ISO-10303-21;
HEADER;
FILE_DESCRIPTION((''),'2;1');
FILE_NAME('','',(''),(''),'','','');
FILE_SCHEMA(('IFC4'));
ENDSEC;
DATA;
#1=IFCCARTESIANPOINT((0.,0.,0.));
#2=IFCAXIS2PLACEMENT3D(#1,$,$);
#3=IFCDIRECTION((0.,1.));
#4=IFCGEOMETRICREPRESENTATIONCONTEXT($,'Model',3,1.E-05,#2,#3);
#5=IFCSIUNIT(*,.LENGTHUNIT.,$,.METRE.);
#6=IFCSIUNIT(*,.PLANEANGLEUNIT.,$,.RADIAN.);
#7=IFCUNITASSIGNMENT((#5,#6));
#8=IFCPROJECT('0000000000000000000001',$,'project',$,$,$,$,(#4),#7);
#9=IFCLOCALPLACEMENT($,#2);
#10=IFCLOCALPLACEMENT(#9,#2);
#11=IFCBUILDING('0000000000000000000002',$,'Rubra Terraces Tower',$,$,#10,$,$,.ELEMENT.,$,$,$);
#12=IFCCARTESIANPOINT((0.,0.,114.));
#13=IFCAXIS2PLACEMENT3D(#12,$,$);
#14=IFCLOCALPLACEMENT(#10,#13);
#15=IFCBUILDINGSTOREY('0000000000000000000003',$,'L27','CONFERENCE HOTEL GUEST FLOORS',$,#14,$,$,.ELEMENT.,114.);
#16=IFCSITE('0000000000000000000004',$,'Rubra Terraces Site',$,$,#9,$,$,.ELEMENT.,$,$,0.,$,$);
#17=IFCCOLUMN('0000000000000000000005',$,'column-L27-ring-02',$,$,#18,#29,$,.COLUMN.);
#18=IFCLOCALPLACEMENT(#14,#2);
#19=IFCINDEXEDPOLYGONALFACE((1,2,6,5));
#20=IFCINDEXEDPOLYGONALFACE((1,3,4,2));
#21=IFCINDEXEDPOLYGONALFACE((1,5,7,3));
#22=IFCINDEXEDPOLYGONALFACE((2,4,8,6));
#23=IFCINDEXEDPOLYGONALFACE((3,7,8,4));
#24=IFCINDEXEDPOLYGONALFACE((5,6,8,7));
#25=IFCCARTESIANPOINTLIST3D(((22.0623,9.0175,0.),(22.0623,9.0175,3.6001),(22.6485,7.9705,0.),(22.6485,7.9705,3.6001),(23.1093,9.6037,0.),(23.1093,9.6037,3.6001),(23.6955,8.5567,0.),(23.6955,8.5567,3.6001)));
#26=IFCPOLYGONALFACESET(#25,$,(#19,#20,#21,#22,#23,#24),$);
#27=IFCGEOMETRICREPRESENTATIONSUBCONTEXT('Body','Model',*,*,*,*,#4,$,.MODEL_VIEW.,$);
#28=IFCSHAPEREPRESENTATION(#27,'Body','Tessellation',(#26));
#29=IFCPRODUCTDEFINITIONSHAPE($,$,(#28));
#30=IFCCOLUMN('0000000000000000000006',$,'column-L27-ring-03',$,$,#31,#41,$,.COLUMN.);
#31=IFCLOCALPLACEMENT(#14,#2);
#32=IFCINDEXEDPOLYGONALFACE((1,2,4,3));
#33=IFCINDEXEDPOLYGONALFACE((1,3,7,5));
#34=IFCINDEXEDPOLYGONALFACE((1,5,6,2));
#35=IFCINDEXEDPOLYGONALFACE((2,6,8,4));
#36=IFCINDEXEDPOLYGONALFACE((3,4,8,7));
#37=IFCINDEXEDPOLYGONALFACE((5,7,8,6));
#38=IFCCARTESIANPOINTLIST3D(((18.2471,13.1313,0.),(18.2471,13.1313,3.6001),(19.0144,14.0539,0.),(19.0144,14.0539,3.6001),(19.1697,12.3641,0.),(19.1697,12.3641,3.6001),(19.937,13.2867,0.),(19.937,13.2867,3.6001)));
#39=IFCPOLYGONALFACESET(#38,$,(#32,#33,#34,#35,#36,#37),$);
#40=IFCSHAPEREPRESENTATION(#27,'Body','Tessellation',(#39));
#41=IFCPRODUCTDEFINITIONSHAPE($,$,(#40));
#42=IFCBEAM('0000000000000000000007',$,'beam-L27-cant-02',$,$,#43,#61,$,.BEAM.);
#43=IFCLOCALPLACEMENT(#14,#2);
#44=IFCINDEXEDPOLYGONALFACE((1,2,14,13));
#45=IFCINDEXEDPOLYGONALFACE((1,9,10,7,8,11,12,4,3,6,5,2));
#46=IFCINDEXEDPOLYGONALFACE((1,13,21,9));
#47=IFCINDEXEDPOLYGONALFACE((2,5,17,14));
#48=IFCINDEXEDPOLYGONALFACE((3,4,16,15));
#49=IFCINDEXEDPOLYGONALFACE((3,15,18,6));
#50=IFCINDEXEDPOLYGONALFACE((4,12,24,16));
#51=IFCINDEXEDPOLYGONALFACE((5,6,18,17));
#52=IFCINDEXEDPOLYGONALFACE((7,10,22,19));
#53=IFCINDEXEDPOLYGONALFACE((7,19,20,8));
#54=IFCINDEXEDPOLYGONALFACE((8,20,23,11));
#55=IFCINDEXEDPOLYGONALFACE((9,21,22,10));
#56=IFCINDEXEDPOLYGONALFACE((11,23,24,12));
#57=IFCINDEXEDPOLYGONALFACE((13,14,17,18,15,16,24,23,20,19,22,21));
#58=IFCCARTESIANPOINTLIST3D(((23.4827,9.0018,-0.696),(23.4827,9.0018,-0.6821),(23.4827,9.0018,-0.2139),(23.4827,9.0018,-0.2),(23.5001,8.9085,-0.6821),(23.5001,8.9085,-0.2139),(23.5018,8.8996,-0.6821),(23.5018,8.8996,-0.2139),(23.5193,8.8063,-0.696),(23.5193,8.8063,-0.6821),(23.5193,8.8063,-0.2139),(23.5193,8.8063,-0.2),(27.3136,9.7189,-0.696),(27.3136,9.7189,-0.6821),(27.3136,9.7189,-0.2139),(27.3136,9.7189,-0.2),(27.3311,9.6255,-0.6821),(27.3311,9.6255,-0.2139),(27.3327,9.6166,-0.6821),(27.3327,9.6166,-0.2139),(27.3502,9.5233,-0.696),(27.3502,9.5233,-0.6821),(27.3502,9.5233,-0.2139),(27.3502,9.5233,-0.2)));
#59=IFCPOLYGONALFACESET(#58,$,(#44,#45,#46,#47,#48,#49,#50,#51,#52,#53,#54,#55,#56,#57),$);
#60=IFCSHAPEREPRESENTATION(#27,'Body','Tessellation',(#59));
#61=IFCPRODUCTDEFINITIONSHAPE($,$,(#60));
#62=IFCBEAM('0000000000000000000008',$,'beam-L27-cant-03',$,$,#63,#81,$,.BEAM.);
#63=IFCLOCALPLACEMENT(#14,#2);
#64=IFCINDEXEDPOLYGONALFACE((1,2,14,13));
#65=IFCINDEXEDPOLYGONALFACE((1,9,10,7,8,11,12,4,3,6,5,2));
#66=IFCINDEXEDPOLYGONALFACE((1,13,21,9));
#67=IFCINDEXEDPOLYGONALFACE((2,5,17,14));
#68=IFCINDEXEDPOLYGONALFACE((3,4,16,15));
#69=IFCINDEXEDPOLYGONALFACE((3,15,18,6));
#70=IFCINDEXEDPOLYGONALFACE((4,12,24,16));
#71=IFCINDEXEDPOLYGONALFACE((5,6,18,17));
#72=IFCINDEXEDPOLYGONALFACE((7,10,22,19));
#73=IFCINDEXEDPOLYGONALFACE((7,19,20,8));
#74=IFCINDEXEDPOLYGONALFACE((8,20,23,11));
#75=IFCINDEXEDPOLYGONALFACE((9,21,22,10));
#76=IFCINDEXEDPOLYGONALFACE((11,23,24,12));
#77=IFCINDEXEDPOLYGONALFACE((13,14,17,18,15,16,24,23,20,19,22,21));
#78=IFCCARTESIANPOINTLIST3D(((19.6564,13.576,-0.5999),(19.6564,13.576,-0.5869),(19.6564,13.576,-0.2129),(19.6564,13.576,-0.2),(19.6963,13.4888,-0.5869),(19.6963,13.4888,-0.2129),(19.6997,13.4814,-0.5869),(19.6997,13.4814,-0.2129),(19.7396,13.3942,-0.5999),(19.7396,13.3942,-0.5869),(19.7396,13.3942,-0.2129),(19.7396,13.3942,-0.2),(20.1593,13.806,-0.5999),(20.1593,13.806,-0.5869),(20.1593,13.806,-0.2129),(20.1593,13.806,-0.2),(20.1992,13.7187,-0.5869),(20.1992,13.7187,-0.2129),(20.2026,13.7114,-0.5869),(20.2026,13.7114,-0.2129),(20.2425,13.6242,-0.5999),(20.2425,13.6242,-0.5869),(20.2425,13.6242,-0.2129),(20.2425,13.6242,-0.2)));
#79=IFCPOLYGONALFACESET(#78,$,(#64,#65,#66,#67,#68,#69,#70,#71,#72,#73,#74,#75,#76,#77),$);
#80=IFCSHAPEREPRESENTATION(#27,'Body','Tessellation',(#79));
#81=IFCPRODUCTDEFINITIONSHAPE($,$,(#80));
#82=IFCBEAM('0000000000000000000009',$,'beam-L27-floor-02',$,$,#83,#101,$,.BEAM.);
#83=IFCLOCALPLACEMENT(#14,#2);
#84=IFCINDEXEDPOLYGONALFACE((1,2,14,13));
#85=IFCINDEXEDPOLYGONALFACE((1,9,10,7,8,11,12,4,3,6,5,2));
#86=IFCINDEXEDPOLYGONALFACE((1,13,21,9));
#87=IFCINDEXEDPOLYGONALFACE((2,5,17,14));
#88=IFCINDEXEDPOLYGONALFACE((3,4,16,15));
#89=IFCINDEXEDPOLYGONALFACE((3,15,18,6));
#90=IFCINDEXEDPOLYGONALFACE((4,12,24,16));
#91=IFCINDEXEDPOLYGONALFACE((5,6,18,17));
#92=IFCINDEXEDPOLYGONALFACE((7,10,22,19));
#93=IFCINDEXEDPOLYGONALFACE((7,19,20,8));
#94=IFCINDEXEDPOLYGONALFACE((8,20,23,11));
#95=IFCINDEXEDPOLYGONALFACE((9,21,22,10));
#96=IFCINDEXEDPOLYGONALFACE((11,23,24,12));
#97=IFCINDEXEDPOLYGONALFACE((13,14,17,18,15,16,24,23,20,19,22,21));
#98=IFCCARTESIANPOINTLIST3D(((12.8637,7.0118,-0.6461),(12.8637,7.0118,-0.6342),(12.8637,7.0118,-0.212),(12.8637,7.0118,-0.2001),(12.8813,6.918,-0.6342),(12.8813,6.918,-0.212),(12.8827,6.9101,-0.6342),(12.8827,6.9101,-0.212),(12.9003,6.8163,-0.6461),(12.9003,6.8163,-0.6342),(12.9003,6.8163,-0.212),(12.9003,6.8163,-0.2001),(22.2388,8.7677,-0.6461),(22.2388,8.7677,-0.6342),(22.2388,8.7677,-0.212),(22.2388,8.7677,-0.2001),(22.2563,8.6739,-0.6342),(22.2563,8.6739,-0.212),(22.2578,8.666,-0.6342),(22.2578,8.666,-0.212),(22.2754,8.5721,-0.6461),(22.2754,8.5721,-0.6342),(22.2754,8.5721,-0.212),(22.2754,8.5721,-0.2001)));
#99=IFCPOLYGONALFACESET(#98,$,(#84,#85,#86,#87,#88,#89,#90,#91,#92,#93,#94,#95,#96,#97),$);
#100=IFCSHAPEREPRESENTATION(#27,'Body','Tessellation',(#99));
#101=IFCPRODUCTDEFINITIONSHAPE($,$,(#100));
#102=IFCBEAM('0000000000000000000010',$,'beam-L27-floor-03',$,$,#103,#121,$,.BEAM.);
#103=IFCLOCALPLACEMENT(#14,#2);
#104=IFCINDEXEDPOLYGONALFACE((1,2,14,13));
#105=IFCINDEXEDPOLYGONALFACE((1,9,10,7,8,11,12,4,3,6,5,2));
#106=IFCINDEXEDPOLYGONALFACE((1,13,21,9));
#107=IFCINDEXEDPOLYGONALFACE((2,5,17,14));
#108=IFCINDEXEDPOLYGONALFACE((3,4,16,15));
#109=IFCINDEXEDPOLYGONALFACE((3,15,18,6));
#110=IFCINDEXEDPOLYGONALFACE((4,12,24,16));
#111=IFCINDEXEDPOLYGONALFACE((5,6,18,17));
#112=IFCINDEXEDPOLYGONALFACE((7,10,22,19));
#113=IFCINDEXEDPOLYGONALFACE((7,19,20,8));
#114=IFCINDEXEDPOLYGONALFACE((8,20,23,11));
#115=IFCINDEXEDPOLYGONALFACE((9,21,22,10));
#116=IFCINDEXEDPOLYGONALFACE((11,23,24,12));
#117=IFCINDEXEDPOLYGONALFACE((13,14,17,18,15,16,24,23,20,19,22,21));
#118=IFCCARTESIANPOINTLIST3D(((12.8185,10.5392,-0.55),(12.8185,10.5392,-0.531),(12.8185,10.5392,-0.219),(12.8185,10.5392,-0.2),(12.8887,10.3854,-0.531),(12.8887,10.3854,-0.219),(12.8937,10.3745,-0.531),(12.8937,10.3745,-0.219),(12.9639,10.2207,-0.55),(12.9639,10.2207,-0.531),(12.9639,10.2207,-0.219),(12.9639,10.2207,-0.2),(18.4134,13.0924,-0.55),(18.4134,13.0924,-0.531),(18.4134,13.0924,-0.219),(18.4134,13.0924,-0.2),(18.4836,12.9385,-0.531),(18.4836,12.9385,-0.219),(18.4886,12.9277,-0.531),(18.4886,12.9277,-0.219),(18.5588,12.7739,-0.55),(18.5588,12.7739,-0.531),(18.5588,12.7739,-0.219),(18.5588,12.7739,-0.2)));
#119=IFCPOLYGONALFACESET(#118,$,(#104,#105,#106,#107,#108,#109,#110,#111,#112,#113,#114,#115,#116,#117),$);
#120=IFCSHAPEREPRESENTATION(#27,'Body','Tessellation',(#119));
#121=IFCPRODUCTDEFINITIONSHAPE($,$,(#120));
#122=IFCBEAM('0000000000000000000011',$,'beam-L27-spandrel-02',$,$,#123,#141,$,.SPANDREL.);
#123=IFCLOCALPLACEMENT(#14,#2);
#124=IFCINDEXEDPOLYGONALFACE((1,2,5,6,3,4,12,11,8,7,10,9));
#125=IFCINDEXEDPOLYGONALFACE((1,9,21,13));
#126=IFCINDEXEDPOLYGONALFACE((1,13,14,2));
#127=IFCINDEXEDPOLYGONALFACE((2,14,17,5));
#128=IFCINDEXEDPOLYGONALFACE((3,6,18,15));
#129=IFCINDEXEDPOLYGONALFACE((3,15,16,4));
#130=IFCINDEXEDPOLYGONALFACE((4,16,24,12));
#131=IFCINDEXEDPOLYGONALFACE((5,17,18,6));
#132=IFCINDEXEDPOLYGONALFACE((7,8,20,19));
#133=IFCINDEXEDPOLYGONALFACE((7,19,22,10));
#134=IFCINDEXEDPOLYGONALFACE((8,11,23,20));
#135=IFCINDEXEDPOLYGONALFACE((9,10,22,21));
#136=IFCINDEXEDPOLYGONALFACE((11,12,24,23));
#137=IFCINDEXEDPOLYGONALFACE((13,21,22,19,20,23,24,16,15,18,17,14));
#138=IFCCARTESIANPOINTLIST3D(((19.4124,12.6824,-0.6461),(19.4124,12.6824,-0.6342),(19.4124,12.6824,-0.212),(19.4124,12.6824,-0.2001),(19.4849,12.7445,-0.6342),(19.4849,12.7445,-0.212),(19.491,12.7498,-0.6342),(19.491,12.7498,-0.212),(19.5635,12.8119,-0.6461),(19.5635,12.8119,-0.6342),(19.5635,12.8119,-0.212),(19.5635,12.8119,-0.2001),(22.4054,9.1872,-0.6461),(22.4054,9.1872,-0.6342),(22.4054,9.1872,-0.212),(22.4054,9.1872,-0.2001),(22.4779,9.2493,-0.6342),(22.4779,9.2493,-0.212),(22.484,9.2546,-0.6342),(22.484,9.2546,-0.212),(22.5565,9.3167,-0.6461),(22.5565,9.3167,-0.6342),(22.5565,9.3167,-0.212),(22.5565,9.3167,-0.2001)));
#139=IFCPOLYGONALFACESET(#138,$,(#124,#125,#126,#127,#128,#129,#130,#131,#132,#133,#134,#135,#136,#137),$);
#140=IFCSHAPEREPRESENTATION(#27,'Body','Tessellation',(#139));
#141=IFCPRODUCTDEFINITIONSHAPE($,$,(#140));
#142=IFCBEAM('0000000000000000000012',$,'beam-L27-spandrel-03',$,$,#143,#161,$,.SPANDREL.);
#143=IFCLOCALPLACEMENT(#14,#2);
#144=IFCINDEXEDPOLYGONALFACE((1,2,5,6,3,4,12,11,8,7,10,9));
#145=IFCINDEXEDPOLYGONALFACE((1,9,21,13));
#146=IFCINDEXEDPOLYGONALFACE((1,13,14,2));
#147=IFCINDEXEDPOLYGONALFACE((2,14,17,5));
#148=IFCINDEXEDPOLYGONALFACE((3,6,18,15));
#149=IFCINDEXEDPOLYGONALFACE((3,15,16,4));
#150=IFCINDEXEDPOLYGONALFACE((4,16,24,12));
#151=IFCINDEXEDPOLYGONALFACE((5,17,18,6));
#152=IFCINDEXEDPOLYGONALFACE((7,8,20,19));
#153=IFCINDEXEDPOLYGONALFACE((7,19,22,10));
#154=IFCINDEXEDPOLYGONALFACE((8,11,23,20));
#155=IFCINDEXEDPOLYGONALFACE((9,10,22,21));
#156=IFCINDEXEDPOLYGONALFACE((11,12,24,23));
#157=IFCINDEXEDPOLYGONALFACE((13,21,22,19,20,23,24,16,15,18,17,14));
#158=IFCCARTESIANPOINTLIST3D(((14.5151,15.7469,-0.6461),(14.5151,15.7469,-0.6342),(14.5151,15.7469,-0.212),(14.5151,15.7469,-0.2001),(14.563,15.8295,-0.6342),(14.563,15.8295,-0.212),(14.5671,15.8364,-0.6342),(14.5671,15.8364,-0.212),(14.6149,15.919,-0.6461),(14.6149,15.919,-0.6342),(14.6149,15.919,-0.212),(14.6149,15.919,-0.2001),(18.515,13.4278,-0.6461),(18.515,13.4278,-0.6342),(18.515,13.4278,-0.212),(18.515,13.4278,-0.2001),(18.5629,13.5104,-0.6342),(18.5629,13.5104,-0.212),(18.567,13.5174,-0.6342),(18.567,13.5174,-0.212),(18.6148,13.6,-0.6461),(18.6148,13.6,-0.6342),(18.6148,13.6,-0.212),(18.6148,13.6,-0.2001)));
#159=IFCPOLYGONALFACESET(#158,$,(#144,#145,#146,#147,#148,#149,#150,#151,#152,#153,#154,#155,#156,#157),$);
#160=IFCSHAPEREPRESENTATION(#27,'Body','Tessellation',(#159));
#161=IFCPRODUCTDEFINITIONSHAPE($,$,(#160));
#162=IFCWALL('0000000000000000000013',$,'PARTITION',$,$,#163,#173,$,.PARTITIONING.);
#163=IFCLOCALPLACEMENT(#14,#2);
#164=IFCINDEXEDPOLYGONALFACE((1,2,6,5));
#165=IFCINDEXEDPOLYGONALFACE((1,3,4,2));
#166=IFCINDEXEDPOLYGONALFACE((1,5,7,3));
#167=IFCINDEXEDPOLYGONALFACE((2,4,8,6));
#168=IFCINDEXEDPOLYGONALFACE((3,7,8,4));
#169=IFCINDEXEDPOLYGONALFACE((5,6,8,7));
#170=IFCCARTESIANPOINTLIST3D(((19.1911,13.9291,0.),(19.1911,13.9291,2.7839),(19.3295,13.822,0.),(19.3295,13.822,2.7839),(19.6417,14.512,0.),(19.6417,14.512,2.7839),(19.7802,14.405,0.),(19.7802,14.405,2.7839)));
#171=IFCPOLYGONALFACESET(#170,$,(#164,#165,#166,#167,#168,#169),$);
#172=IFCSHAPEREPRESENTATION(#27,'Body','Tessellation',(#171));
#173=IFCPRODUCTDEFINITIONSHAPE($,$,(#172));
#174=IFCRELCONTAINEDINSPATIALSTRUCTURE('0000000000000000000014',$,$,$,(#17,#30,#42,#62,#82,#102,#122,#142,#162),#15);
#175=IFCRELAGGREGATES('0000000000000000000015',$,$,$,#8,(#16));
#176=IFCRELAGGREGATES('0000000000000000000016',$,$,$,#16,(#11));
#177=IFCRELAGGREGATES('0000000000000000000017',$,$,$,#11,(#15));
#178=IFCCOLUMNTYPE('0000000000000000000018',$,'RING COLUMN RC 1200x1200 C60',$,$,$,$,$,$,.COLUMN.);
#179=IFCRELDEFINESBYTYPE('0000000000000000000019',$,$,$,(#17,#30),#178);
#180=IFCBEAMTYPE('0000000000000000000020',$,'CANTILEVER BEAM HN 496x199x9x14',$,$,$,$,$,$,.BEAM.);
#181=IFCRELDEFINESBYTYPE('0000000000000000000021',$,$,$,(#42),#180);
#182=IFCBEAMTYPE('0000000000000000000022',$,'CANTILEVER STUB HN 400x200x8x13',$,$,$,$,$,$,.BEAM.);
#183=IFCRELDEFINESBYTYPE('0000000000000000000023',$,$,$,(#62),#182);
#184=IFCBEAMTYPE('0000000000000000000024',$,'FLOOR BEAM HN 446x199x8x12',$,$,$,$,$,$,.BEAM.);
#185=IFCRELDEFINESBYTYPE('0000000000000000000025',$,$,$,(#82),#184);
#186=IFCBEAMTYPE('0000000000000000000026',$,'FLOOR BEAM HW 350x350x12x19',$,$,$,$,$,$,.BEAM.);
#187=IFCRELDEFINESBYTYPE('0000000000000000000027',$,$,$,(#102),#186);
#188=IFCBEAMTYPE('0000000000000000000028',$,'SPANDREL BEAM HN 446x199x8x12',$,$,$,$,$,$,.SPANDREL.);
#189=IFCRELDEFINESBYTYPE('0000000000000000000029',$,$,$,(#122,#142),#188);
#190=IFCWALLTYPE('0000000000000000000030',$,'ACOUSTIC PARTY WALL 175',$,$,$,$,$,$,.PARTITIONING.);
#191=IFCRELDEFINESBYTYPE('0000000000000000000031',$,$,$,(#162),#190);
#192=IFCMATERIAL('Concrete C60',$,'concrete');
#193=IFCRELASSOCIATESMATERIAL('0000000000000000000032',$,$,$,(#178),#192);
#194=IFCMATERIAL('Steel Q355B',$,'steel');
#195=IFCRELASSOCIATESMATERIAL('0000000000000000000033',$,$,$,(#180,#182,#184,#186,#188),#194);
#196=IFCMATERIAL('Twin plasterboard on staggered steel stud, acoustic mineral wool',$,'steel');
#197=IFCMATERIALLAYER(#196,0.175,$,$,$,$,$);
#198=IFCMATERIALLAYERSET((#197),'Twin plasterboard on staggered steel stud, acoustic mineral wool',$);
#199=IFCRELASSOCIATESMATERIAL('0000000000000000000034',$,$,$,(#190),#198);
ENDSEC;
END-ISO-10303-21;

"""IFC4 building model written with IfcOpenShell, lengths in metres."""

from ifc_helpers import new_model, si_unit, direction, frame, frame_2d, origin, origin_2d, place, context, subcontext, project, spatial, rectangle, i_section, extrude, material, layer, layer_set, material_profile, profile_set, type_object, element, save


model = new_model("IFC4")

# Units and contexts
model_context = context("Model", 3, precision=1e-05, world=origin(), true_north=direction((0.0, 1.0)))
body_context = subcontext(model_context, "Body", "Model", "MODEL_VIEW")
ifc_project = project(units=[si_unit("LENGTHUNIT", "METRE"), si_unit("PLANEANGLEUNIT", "RADIAN")], contexts=[model_context])

# Site, building, storey
site_placement = place(None, origin())
site = spatial("IfcSite", under=ifc_project, at=site_placement, Name="Rubra Terraces Site", CompositionType="ELEMENT", RefElevation=0.0)
building_placement = place(site_placement, origin())
building = spatial("IfcBuilding", under=site, at=building_placement, Name="Rubra Terraces Tower", CompositionType="ELEMENT")
storey_placement = place(building_placement, frame((0.0, 0.0, 114.0)))
storey = spatial("IfcBuildingStorey", under=building, at=storey_placement, Name="L27", Description="CONFERENCE HOTEL GUEST FLOORS", CompositionType="ELEMENT", Elevation=114.0)

# Columns
ifc_material_1 = material(Name="Concrete C60", Category="concrete")
ifc_material_profile_1 = material_profile(ifc_material_1, rectangle(XDim=1.2, YDim=1.2, at=origin_2d()), Name="RC 1200x1200")
ifc_profile_set_1 = profile_set([ifc_material_profile_1], Name="Concrete C60")
column_type = type_object("IfcColumnType", Name="RING COLUMN RC 1200x1200 C60", PredefinedType="COLUMN", material=ifc_profile_set_1)
for number, where, z_axis, x_axis, name in (
    (1, (22.8789, 8.7871, 0.0), (0.0, 0.0, 1.0), (-0.488526, 0.872549, 0.0), "column-L27-ring-02"),
    (2, (19.092, 13.209, 0.0), (0.0, 0.0, 1.0), (-0.76887, 0.639405, 0.0), "column-L27-ring-03"),
):
    element("IfcColumn", number, at=place(storey_placement, frame(where, z_axis=z_axis, x_axis=x_axis)), inside=storey, type_object=column_type, Name=name, PredefinedType="COLUMN", context=body_context, shape_type="SweptSolid", body=[
        extrude(rectangle(XDim=1.2, YDim=1.2, at=origin_2d()), origin(), (0.0, 0.0, 1.0), 3.6001),
    ])

# Beams
ifc_material_2 = material(Name="Steel Q355B", Category="steel")
ifc_material_profile_2 = material_profile(ifc_material_2, i_section(OverallWidth=0.199, OverallDepth=0.4961, WebThickness=0.009, FlangeThickness=0.0139, at=origin_2d()), Name="HN 496x199x9x14")
ifc_profile_set_2 = profile_set([ifc_material_profile_2], Name="Steel Q355B")
beam_type_1 = type_object("IfcBeamType", Name="CANTILEVER BEAM HN 496x199x9x14", PredefinedType="BEAM", material=ifc_profile_set_2)
beam_1_placement = place(storey_placement, frame((23.501, 8.9041, -0.448), z_axis=(0.982932, 0.183971, 0.0), x_axis=(-0.183971, 0.982932, 0.0)))
element("IfcBeam", 3, at=beam_1_placement, inside=storey, type_object=beam_type_1, Name="beam-L27-cant-02", PredefinedType="BEAM", context=body_context, shape_type="SweptSolid", body=[
    extrude(i_section(OverallWidth=0.199, OverallDepth=0.4961, WebThickness=0.009, FlangeThickness=0.0139, at=origin_2d()), origin(), (0.0, 0.0, 1.0), 3.8975),
])
ifc_material_profile_3 = material_profile(ifc_material_2, i_section(OverallWidth=0.2, OverallDepth=0.3999, WebThickness=0.0081, FlangeThickness=0.0129, at=origin_2d()), Name="HN 400x200x8x13")
ifc_profile_set_3 = profile_set([ifc_material_profile_3], Name="Steel Q355B")
beam_type_2 = type_object("IfcBeamType", Name="CANTILEVER STUB HN 400x200x8x13", PredefinedType="BEAM", material=ifc_profile_set_3)
beam_2_placement = place(storey_placement, frame((19.698, 13.4851, -0.3999), z_axis=(0.909427, 0.415864, 0.0), x_axis=(-0.415864, 0.909427, 0.0)))
element("IfcBeam", 4, at=beam_2_placement, inside=storey, type_object=beam_type_2, Name="beam-L27-cant-03", PredefinedType="BEAM", context=body_context, shape_type="SweptSolid", body=[
    extrude(i_section(OverallWidth=0.2, OverallDepth=0.3999, WebThickness=0.0081, FlangeThickness=0.0129, at=origin_2d()), origin(), (0.0, 0.0, 1.0), 0.553),
])
ifc_material_profile_4 = material_profile(ifc_material_2, i_section(OverallWidth=0.199, OverallDepth=0.446, WebThickness=0.0081, FlangeThickness=0.012, at=origin_2d()), Name="HN 446x199x8x12")
ifc_profile_set_4 = profile_set([ifc_material_profile_4], Name="Steel Q355B")
beam_type_3 = type_object("IfcBeamType", Name="FLOOR BEAM HN 446x199x8x12", PredefinedType="BEAM", material=ifc_profile_set_4)
beam_3_placement = place(storey_placement, frame((22.2571, 8.6699, -0.4231), z_axis=(-0.982909, -0.184091, 0.0), x_axis=(0.184091, -0.982909, 0.0)))
element("IfcBeam", 5, at=beam_3_placement, inside=storey, type_object=beam_type_3, Name="beam-L27-floor-02", PredefinedType="BEAM", context=body_context, shape_type="SweptSolid", body=[
    extrude(i_section(OverallWidth=0.199, OverallDepth=0.446, WebThickness=0.0081, FlangeThickness=0.012, at=origin_2d()), origin(), (0.0, 0.0, 1.0), 9.5381),
])
ifc_material_profile_5 = material_profile(ifc_material_2, i_section(OverallWidth=0.3501, OverallDepth=0.3501, WebThickness=0.012, FlangeThickness=0.019, at=origin_2d()), Name="HW 350x350x12x19")
ifc_profile_set_5 = profile_set([ifc_material_profile_5], Name="Steel Q355B")
beam_type_4 = type_object("IfcBeamType", Name="FLOOR BEAM HW 350x350x12x19", PredefinedType="BEAM", material=ifc_profile_set_5)
beam_4_placement = place(storey_placement, frame((18.4861, 12.9331, -0.375), z_axis=(-0.90975, -0.415157, 0.0), x_axis=(0.415157, -0.90975, 0.0)))
element("IfcBeam", 6, at=beam_4_placement, inside=storey, type_object=beam_type_4, Name="beam-L27-floor-03", PredefinedType="BEAM", context=body_context, shape_type="SweptSolid", body=[
    extrude(i_section(OverallWidth=0.3501, OverallDepth=0.3501, WebThickness=0.012, FlangeThickness=0.019, at=origin_2d()), origin(), (0.0, 0.0, 1.0), 6.1499),
])
ifc_material_profile_6 = material_profile(ifc_material_2, i_section(OverallWidth=0.199, OverallDepth=0.446, WebThickness=0.0081, FlangeThickness=0.012, at=origin_2d()), Name="HN 446x199x8x12")
ifc_profile_set_6 = profile_set([ifc_material_profile_6], Name="Steel Q355B")
beam_type_5 = type_object("IfcBeamType", Name="SPANDREL BEAM HN 446x199x8x12", PredefinedType="SPANDREL", material=ifc_profile_set_6)
beam_5_placement = place(storey_placement, frame((22.481, 9.252, -0.4231), z_axis=(-0.650429, 0.759567, 0.0), x_axis=(-0.759567, -0.650429, 0.0)))
element("IfcBeam", 7, at=beam_5_placement, inside=storey, type_object=beam_type_5, Name="beam-L27-spandrel-02", PredefinedType="SPANDREL", context=body_context, shape_type="SweptSolid", body=[
    extrude(i_section(OverallWidth=0.199, OverallDepth=0.446, WebThickness=0.0081, FlangeThickness=0.012, at=origin_2d()), origin(), (0.0, 0.0, 1.0), 4.6016),
])
beam_6_placement = place(storey_placement, frame((18.5649, 13.5139, -0.4231), z_axis=(-0.865116, 0.501571, 0.0), x_axis=(-0.501571, -0.865116, 0.0)))
element("IfcBeam", 8, at=beam_6_placement, inside=storey, type_object=beam_type_5, Name="beam-L27-spandrel-03", PredefinedType="SPANDREL", context=body_context, shape_type="SweptSolid", body=[
    extrude(i_section(OverallWidth=0.199, OverallDepth=0.446, WebThickness=0.0081, FlangeThickness=0.012, at=origin_2d()), origin(), (0.0, 0.0, 1.0), 4.6235),
])

# Wall
ifc_material_3 = material(Name="Twin plasterboard on staggered steel stud, acoustic mineral wool", Category="steel")
ifc_layer_1 = layer(ifc_material_3, 0.175)
ifc_layer_set_1 = layer_set([ifc_layer_1], Name="Twin plasterboard on staggered steel stud, acoustic mineral wool")
wall_type_1 = type_object("IfcWallType", Name="ACOUSTIC PARTY WALL 175", PredefinedType="PARTITIONING", material=ifc_layer_set_1)
wall_1_placement = place(storey_placement, frame((19.7109, 14.4585, 0.0), z_axis=(0.0, 0.0, 1.0), x_axis=(-0.611598, -0.791168, 0.0)))
element("IfcWall", 9, at=wall_1_placement, inside=storey, type_object=wall_type_1, Name="PARTITION", PredefinedType="PARTITIONING", context=body_context, shape_type="SweptSolid", body=[
    extrude(rectangle(XDim=0.7368, YDim=0.175, at=frame_2d((0.3684, 0.0))), origin(), (0.0, 0.0, 1.0), 2.7839),
])

save(model, "model.ifc")
